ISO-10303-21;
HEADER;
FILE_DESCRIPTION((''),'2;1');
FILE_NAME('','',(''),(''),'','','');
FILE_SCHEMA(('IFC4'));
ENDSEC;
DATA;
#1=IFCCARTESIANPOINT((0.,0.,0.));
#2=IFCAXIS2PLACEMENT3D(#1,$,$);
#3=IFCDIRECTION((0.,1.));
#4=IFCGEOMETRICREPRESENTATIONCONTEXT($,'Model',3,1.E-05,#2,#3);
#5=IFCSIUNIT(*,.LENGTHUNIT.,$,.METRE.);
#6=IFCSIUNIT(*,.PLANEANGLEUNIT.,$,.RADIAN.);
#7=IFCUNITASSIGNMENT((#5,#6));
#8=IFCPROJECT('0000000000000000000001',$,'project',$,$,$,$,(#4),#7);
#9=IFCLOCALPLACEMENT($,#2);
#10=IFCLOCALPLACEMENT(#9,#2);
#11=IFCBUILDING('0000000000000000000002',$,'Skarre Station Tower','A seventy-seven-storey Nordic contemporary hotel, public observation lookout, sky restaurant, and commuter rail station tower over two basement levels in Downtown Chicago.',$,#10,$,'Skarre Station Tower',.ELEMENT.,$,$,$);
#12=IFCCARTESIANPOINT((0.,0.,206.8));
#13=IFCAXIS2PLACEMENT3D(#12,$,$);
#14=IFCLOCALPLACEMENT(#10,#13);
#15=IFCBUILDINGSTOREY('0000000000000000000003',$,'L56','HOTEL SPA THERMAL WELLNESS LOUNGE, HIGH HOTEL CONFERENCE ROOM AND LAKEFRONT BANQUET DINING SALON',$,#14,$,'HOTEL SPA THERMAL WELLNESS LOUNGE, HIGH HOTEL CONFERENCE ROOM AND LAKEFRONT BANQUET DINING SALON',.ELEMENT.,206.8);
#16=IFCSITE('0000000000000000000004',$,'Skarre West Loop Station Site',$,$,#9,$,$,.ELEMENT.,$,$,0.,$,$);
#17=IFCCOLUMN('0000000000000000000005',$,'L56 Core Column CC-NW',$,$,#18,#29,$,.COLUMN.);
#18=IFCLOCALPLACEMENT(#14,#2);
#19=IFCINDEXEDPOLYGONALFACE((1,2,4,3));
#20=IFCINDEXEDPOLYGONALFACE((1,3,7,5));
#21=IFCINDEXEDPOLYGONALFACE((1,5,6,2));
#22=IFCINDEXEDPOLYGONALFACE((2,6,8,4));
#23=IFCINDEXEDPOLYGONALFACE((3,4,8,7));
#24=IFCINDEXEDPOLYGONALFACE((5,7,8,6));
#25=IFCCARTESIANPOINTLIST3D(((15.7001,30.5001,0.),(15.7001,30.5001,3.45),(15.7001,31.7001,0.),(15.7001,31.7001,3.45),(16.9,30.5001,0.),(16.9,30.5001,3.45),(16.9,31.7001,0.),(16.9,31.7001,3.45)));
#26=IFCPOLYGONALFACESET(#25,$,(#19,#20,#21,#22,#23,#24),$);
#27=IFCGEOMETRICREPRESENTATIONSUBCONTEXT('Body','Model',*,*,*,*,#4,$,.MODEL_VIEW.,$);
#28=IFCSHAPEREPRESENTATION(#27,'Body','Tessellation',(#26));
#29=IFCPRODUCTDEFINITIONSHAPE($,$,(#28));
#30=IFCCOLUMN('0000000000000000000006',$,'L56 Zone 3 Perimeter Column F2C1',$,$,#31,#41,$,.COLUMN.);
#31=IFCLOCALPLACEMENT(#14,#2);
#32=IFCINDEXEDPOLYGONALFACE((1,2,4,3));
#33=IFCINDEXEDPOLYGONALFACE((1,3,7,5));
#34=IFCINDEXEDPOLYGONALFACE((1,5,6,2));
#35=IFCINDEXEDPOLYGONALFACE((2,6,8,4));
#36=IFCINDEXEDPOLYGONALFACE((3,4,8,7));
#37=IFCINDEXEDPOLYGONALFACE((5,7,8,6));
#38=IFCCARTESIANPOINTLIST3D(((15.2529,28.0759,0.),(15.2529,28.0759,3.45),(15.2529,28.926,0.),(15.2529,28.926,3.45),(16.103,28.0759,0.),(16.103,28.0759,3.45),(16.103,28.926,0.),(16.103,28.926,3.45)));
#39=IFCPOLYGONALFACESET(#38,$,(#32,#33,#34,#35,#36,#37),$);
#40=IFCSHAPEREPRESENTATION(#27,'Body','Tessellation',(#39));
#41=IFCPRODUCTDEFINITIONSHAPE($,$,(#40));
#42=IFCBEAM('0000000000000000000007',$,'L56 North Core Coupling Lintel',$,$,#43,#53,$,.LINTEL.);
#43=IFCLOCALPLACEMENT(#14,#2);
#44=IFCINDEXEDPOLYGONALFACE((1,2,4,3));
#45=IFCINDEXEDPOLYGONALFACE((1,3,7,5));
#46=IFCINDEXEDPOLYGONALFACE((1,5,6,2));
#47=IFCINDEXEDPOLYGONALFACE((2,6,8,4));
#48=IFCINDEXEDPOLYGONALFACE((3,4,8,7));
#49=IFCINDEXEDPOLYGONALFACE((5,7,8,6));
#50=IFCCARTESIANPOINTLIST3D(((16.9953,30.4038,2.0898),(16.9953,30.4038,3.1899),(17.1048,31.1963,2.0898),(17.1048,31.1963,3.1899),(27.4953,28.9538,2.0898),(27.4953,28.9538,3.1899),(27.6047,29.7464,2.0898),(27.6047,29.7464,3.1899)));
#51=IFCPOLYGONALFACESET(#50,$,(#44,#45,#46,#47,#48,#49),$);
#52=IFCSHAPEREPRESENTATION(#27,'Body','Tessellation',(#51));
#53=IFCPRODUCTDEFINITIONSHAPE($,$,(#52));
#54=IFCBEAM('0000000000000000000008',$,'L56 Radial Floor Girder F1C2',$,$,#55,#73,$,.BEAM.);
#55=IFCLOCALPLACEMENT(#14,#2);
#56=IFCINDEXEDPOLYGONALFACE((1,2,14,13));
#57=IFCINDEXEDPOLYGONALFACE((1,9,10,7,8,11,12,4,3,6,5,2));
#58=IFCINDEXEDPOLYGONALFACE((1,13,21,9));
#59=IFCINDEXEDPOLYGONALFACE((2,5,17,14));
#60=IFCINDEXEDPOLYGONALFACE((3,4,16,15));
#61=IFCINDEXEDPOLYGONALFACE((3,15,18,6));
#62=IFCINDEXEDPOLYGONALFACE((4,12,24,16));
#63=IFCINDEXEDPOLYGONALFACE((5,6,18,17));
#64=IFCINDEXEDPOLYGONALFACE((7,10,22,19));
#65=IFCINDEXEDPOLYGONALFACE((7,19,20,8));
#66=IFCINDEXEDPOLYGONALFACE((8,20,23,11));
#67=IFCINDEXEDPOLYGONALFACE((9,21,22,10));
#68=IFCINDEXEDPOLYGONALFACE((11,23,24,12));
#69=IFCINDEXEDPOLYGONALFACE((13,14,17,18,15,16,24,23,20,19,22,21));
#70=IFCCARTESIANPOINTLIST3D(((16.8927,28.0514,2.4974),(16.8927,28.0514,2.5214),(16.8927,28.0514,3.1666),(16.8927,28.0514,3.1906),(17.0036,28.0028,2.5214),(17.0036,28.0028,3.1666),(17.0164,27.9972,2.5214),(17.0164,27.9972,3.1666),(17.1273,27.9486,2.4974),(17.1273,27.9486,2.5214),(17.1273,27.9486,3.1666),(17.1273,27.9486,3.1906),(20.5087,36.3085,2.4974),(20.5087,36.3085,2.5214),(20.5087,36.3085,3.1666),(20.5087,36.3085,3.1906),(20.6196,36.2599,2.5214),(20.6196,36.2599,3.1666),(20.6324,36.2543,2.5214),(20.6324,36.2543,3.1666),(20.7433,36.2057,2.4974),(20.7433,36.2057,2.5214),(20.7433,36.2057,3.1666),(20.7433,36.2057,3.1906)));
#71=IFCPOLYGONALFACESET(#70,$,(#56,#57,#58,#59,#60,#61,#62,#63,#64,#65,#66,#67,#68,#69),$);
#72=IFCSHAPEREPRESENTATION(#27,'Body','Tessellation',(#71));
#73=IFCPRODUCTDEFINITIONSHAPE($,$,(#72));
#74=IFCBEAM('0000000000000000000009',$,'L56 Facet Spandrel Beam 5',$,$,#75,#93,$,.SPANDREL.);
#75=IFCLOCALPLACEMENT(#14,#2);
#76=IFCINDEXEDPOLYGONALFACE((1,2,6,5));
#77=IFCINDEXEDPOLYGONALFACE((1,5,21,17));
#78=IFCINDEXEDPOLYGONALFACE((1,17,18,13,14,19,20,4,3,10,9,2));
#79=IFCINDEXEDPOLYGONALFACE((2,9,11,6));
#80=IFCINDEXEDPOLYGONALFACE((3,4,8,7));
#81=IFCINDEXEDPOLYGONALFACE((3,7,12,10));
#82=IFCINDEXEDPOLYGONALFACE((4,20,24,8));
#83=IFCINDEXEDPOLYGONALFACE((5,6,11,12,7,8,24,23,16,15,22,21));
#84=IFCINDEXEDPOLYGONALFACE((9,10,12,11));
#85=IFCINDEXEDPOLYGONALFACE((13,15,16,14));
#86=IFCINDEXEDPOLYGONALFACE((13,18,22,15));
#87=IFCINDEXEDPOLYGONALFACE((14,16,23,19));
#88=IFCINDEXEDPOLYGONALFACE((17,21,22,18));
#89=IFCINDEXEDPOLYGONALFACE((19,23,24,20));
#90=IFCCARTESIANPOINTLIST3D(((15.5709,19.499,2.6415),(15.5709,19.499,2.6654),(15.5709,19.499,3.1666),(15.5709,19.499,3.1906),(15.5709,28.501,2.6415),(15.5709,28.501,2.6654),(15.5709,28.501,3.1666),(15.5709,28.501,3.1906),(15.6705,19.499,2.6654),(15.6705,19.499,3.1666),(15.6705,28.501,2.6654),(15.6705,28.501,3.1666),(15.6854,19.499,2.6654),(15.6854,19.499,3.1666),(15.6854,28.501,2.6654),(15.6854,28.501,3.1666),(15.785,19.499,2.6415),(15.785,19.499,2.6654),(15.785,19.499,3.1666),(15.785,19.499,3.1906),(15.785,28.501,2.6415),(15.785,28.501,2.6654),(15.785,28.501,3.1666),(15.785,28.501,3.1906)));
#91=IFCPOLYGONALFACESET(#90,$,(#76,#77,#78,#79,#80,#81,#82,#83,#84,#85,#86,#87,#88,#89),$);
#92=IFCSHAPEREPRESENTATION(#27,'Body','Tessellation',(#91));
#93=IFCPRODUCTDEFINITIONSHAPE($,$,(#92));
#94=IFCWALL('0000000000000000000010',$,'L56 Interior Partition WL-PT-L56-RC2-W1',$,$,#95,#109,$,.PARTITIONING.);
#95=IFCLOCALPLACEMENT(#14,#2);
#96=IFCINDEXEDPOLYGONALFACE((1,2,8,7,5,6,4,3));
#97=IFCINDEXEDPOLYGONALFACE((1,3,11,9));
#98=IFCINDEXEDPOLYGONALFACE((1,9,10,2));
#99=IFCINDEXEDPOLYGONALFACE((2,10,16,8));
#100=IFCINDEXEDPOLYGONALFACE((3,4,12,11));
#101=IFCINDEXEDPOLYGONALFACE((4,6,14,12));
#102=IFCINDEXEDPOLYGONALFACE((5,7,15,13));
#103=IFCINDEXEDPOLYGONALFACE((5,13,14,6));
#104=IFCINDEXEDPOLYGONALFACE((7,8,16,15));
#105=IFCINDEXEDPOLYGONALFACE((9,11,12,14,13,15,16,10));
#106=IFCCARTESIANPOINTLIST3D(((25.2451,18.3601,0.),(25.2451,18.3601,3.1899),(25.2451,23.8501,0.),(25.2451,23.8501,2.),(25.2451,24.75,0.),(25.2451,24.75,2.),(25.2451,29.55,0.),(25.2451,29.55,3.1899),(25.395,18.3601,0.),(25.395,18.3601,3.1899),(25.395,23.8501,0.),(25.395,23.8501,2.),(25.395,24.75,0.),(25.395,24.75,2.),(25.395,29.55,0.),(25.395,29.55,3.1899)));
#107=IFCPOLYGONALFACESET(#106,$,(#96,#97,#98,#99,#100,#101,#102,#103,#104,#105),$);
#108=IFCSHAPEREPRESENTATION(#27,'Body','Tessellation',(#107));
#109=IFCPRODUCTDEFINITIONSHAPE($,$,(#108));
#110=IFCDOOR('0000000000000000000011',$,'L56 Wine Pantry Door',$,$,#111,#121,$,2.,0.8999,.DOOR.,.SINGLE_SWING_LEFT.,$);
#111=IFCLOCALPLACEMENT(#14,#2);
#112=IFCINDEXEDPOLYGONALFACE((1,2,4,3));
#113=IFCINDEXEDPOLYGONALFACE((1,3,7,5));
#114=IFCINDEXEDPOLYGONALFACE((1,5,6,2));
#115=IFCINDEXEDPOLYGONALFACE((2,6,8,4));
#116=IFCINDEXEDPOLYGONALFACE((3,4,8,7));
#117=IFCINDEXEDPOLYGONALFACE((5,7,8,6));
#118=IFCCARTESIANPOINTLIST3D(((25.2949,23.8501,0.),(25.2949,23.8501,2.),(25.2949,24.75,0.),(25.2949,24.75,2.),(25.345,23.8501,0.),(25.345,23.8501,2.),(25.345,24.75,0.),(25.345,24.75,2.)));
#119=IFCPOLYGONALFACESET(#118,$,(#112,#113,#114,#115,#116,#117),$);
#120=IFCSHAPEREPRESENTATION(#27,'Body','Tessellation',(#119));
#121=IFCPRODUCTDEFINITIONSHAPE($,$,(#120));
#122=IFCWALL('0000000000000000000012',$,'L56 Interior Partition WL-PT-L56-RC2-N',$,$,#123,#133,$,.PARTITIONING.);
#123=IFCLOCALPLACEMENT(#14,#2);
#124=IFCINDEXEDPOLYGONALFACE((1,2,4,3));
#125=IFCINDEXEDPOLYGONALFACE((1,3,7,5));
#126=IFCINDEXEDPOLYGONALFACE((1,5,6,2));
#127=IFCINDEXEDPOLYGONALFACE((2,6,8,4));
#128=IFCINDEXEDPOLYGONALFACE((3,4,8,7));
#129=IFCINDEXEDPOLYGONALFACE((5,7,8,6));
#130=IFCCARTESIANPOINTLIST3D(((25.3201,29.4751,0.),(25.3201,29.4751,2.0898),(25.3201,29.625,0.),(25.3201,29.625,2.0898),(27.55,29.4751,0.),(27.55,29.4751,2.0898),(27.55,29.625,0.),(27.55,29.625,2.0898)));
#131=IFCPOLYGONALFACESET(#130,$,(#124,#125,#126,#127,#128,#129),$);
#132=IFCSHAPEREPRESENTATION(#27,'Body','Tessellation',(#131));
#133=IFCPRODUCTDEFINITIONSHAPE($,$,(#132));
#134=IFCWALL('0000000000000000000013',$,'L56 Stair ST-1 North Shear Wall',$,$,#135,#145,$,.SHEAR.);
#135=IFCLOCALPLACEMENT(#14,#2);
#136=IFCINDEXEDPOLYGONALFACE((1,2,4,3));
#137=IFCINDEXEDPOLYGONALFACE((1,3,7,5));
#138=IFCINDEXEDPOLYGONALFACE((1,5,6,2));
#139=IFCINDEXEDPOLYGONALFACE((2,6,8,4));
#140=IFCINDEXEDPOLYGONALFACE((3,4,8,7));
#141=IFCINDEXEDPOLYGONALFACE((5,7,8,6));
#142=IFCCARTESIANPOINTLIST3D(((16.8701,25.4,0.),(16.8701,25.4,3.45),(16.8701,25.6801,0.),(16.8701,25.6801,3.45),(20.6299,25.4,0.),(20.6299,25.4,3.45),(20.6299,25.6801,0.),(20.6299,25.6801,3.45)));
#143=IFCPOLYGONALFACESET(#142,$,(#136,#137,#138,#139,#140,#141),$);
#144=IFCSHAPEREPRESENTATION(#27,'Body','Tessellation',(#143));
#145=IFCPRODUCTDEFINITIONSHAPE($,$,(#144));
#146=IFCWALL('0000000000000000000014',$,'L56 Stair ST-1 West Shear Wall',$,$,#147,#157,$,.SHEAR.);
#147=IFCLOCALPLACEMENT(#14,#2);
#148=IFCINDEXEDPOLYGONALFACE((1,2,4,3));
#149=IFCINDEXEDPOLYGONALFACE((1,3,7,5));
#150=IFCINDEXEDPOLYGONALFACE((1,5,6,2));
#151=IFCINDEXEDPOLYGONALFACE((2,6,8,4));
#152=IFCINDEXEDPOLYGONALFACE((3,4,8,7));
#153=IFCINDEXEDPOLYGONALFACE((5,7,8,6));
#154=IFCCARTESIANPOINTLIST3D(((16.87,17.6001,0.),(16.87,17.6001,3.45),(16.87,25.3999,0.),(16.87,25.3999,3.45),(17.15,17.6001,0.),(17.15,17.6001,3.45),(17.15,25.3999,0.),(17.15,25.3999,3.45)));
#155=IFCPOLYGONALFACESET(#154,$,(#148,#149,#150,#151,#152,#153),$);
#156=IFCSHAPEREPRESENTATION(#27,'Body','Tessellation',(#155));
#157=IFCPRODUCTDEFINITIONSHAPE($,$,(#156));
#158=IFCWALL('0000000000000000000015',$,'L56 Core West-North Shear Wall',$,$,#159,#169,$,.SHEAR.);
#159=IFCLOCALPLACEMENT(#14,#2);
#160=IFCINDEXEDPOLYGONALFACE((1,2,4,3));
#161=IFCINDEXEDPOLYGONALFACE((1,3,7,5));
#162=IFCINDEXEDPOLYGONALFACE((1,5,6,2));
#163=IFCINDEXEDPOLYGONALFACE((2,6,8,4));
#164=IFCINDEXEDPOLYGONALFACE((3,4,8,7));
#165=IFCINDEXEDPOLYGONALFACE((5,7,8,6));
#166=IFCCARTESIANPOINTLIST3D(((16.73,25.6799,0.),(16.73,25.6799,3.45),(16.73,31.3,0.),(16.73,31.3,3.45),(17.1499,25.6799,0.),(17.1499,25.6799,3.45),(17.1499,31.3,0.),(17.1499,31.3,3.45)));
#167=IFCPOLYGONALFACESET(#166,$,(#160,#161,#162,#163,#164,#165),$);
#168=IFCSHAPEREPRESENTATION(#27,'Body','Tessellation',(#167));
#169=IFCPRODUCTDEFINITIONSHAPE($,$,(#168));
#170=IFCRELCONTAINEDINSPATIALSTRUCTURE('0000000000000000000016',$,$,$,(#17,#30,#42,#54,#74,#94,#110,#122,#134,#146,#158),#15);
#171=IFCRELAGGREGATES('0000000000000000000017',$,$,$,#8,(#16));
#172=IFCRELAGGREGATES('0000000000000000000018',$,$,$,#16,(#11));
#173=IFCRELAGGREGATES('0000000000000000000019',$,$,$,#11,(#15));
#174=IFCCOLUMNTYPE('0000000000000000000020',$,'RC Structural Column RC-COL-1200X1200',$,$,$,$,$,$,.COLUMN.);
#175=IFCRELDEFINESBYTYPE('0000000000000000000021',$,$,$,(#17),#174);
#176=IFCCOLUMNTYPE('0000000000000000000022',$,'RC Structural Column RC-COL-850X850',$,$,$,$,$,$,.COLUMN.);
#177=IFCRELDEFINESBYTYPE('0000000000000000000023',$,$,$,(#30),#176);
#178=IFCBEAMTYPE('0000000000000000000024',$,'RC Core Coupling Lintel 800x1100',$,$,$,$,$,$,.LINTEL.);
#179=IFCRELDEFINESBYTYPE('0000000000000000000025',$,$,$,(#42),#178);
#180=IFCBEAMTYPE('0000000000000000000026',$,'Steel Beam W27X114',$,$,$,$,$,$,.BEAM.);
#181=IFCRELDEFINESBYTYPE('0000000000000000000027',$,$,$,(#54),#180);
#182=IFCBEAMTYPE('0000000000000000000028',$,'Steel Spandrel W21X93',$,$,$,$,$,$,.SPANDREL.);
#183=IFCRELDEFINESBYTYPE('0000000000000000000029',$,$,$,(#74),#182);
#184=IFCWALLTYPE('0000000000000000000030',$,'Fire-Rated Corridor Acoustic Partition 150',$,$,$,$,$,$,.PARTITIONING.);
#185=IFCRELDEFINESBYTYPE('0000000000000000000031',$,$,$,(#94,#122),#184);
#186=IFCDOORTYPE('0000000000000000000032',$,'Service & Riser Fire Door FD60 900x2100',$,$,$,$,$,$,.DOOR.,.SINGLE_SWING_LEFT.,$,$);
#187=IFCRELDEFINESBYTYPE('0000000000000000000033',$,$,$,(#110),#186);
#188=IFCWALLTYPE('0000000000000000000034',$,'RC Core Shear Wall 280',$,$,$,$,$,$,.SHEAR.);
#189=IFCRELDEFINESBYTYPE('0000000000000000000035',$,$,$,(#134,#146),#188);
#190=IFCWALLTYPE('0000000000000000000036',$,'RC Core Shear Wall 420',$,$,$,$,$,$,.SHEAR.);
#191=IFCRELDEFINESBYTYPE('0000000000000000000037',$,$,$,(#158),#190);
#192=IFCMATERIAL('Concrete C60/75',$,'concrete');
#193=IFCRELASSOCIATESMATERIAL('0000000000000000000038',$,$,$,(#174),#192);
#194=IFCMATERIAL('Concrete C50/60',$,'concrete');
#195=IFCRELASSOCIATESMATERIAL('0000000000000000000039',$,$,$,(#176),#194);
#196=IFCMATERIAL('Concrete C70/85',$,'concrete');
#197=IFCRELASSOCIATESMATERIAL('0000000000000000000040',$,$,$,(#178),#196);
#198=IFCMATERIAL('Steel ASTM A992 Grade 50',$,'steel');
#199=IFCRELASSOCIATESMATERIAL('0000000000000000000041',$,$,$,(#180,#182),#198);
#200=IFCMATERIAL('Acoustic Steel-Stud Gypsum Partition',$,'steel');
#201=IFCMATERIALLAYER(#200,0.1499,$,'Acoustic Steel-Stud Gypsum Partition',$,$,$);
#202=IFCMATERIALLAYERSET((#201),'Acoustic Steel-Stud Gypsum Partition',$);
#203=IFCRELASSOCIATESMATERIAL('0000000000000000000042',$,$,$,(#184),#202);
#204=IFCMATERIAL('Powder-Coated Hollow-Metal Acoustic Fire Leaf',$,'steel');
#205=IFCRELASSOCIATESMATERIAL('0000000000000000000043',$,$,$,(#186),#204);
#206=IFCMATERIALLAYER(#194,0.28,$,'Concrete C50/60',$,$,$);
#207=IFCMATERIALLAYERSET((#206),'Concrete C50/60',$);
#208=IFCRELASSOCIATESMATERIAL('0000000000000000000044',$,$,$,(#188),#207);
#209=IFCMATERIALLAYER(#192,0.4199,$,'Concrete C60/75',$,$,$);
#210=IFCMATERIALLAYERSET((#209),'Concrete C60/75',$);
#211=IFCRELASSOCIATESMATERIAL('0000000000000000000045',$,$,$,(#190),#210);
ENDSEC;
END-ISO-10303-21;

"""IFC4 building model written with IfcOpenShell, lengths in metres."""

from ifc_helpers import new_model, si_unit, direction, frame, frame_2d, origin, origin_2d, place, context, subcontext, project, spatial, rectangle, i_section, extrude, material, layer, layer_set, material_profile, profile_set, type_object, element, fill, save


model = new_model("IFC4")

# Units and contexts
model_context = context("Model", 3, precision=1e-05, world=origin(), true_north=direction((0.0, 1.0)))
body_context = subcontext(model_context, "Body", "Model", "MODEL_VIEW")
ifc_project = project(units=[si_unit("LENGTHUNIT", "METRE"), si_unit("PLANEANGLEUNIT", "RADIAN")], contexts=[model_context])

# Site, building, storey
site_placement = place(None, origin())
site = spatial("IfcSite", under=ifc_project, at=site_placement, Name="Skarre West Loop Station Site", CompositionType="ELEMENT", RefElevation=0.0)
building_placement = place(site_placement, origin())
building = spatial("IfcBuilding", under=site, at=building_placement, Name="Skarre Station Tower", Description="A seventy-seven-storey Nordic contemporary hotel, public observation lookout, sky restaurant, and commuter rail station tower over two basement levels in Downtown Chicago.", LongName="Skarre Station Tower", CompositionType="ELEMENT")
storey_placement = place(building_placement, frame((0.0, 0.0, 206.8)))
storey = spatial("IfcBuildingStorey", under=building, at=storey_placement, Name="L56", Description="HOTEL SPA THERMAL WELLNESS LOUNGE, HIGH HOTEL CONFERENCE ROOM AND LAKEFRONT BANQUET DINING SALON", LongName="HOTEL SPA THERMAL WELLNESS LOUNGE, HIGH HOTEL CONFERENCE ROOM AND LAKEFRONT BANQUET DINING SALON", CompositionType="ELEMENT", Elevation=206.8)

# Columns
ifc_material_1 = material(Name="Concrete C60/75", Category="concrete")
ifc_material_profile_1 = material_profile(ifc_material_1, rectangle(XDim=1.2, YDim=1.2, at=origin_2d()), Name="Concrete C60/75")
ifc_profile_set_1 = profile_set([ifc_material_profile_1], Name="Concrete C60/75")
column_type_1 = type_object("IfcColumnType", Name="RC Structural Column RC-COL-1200X1200", PredefinedType="COLUMN", material=ifc_profile_set_1)
column_1_placement = place(storey_placement, frame((16.3, 31.1001, 0.0), z_axis=(0.0, 0.0, 1.0), x_axis=(1.0, 0.0, 0.0)))
element("IfcColumn", 1, at=column_1_placement, inside=storey, type_object=column_type_1, Name="L56 Core Column CC-NW", PredefinedType="COLUMN", context=body_context, shape_type="SweptSolid", body=[
    extrude(rectangle(XDim=1.2, YDim=1.2, at=origin_2d()), origin(), (0.0, 0.0, 1.0), 3.45),
])
ifc_material_2 = material(Name="Concrete C50/60", Category="concrete")
ifc_material_profile_2 = material_profile(ifc_material_2, rectangle(XDim=0.8501, YDim=0.8501, at=origin_2d()), Name="Concrete C50/60")
ifc_profile_set_2 = profile_set([ifc_material_profile_2], Name="Concrete C50/60")
column_type_2 = type_object("IfcColumnType", Name="RC Structural Column RC-COL-850X850", PredefinedType="COLUMN", material=ifc_profile_set_2)
column_2_placement = place(storey_placement, frame((15.678, 28.501, 0.0), z_axis=(0.0, 0.0, 1.0), x_axis=(1.0, 0.0, 0.0)))
element("IfcColumn", 2, at=column_2_placement, inside=storey, type_object=column_type_2, Name="L56 Zone 3 Perimeter Column F2C1", PredefinedType="COLUMN", context=body_context, shape_type="SweptSolid", body=[
    extrude(rectangle(XDim=0.8501, YDim=0.8501, at=origin_2d()), origin(), (0.0, 0.0, 1.0), 3.45),
])

# Beams
ifc_material_3 = material(Name="Concrete C70/85", Category="concrete")
ifc_material_profile_3 = material_profile(ifc_material_3, rectangle(XDim=0.8, YDim=1.1001, at=origin_2d()), Name="Concrete C70/85")
ifc_profile_set_3 = profile_set([ifc_material_profile_3], Name="Concrete C70/85")
beam_type_1 = type_object("IfcBeamType", Name="RC Core Coupling Lintel 800x1100", PredefinedType="LINTEL", material=ifc_profile_set_3)
beam_1_placement = place(storey_placement, frame((17.05, 30.8, 2.6399), z_axis=(0.9906, -0.136792, 0.0), x_axis=(0.136792, 0.9906, 0.0)))
element("IfcBeam", 3, at=beam_1_placement, inside=storey, type_object=beam_type_1, Name="L56 North Core Coupling Lintel", PredefinedType="LINTEL", context=body_context, shape_type="SweptSolid", body=[
    extrude(rectangle(XDim=0.8, YDim=1.1001, at=origin_2d()), origin(), (0.0, 0.0, 1.0), 10.5996),
])
ifc_material_4 = material(Name="Steel ASTM A992 Grade 50", Category="steel")
ifc_material_profile_4 = material_profile(ifc_material_4, i_section(OverallWidth=0.2561, OverallDepth=0.6931, WebThickness=0.0139, FlangeThickness=0.0239, at=origin_2d()), Name="Steel ASTM A992 Grade 50")
ifc_profile_set_4 = profile_set([ifc_material_profile_4], Name="Steel ASTM A992 Grade 50")
beam_type_2 = type_object("IfcBeamType", Name="Steel Beam W27X114", PredefinedType="BEAM", material=ifc_profile_set_4)
beam_2_placement = place(storey_placement, frame((17.01, 28.0, 2.844), z_axis=(0.401144, 0.916015, 0.0), x_axis=(-0.916015, 0.401144, 0.0)))
element("IfcBeam", 4, at=beam_2_placement, inside=storey, type_object=beam_type_2, Name="L56 Radial Floor Girder F1C2", PredefinedType="BEAM", context=body_context, shape_type="SweptSolid", body=[
    extrude(i_section(OverallWidth=0.2561, OverallDepth=0.6931, WebThickness=0.0139, FlangeThickness=0.0239, at=origin_2d()), origin(), (0.0, 0.0, 1.0), 9.0142),
])
ifc_material_profile_5 = material_profile(ifc_material_4, i_section(OverallWidth=0.2141, OverallDepth=0.5491, WebThickness=0.0149, FlangeThickness=0.0239, at=origin_2d()), Name="Steel ASTM A992 Grade 50")
ifc_profile_set_5 = profile_set([ifc_material_profile_5], Name="Steel ASTM A992 Grade 50")
beam_type_3 = type_object("IfcBeamType", Name="Steel Spandrel W21X93", PredefinedType="SPANDREL", material=ifc_profile_set_5)
beam_3_placement = place(storey_placement, frame((15.678, 28.501, 2.916), z_axis=(0.0, -1.0, 0.0), x_axis=(1.0, 0.0, 0.0)))
element("IfcBeam", 5, at=beam_3_placement, inside=storey, type_object=beam_type_3, Name="L56 Facet Spandrel Beam 5", PredefinedType="SPANDREL", context=body_context, shape_type="SweptSolid", body=[
    extrude(i_section(OverallWidth=0.2141, OverallDepth=0.5491, WebThickness=0.0149, FlangeThickness=0.0239, at=origin_2d()), origin(), (0.0, 0.0, 1.0), 9.002),
])

# Wall, opening, door
ifc_material_5 = material(Name="Acoustic Steel-Stud Gypsum Partition", Category="steel")
ifc_layer_1 = layer(ifc_material_5, 0.1499, Name="Acoustic Steel-Stud Gypsum Partition")
ifc_layer_set_1 = layer_set([ifc_layer_1], Name="Acoustic Steel-Stud Gypsum Partition")
wall_type_1 = type_object("IfcWallType", Name="Fire-Rated Corridor Acoustic Partition 150", PredefinedType="PARTITIONING", material=ifc_layer_set_1)
wall_1_placement = place(storey_placement, frame((25.3201, 29.55, 0.0), z_axis=(0.0, 0.0, 1.0), x_axis=(0.0, -1.0, 0.0)))
wall_1 = element("IfcWall", 6, at=wall_1_placement, inside=storey, type_object=wall_type_1, Name="L56 Interior Partition WL-PT-L56-RC2-W1", PredefinedType="PARTITIONING", context=body_context, shape_type="SweptSolid", body=[
    extrude(rectangle(XDim=11.1899, YDim=0.1499, at=frame_2d((5.595, 0.0))), origin(), (0.0, 0.0, 1.0), 3.1899),
])
opening_1_placement = place(wall_1_placement, frame((4.8, 0.0, 0.0)))
opening_1 = element("IfcOpeningElement", 7, at=opening_1_placement, cuts=wall_1, PredefinedType="OPENING", context=body_context, shape_type="SweptSolid", body=[
    extrude(rectangle(XDim=0.8999, YDim=2.0, at=frame_2d((0.45, 1.0))), frame((0.0, 0.085, 0.0), z_axis=(0.0, -1.0, 0.0), x_axis=(1.0, 0.0, 0.0)), (0.0, 0.0, 1.0), 0.1699),
])
ifc_material_6 = material(Name="Powder-Coated Hollow-Metal Acoustic Fire Leaf", Category="steel")
door_type_1 = type_object("IfcDoorType", Name="Service & Riser Fire Door FD60 900x2100", OperationType="SINGLE_SWING_LEFT", PredefinedType="DOOR", material=ifc_material_6)
door_1_placement = place(opening_1_placement, origin())
door_1 = element("IfcDoor", 8, at=door_1_placement, inside=storey, type_object=door_type_1, Name="L56 Wine Pantry Door", OperationType="SINGLE_SWING_LEFT", OverallHeight=2.0, OverallWidth=0.8999, PredefinedType="DOOR", context=body_context, shape_type="SweptSolid", body=[
    extrude(rectangle(XDim=0.8999, YDim=2.0, at=frame_2d((0.45, 1.0))), frame((0.0, 0.0249, 0.0), z_axis=(0.0, -1.0, 0.0), x_axis=(1.0, 0.0, 0.0)), (0.0, 0.0, 1.0), 0.05),
])
fill(opening_1, door_1)

# Walls
wall_2_placement = place(storey_placement, frame((27.55, 29.55, 0.0), z_axis=(0.0, 0.0, 1.0), x_axis=(-1.0, 0.0, 0.0)))
element("IfcWall", 9, at=wall_2_placement, inside=storey, type_object=wall_type_1, Name="L56 Interior Partition WL-PT-L56-RC2-N", PredefinedType="PARTITIONING", context=body_context, shape_type="SweptSolid", body=[
    extrude(rectangle(XDim=2.23, YDim=0.1499, at=frame_2d((1.115, 0.0))), origin(), (0.0, 0.0, 1.0), 2.0898),
])
ifc_layer_2 = layer(ifc_material_2, 0.28, Name="Concrete C50/60")
ifc_layer_set_2 = layer_set([ifc_layer_2], Name="Concrete C50/60")
wall_type_2 = type_object("IfcWallType", Name="RC Core Shear Wall 280", PredefinedType="SHEAR", material=ifc_layer_set_2)
wall_3_placement = place(storey_placement, frame((20.6299, 25.54, 0.0), z_axis=(0.0, 0.0, 1.0), x_axis=(-1.0, 0.0, 0.0)))
element("IfcWall", 10, at=wall_3_placement, inside=storey, type_object=wall_type_2, Name="L56 Stair ST-1 North Shear Wall", PredefinedType="SHEAR", context=body_context, shape_type="SweptSolid", body=[
    extrude(rectangle(XDim=3.7598, YDim=0.28, at=frame_2d((1.8799, 0.0))), origin(), (0.0, 0.0, 1.0), 3.45),
])
wall_4_placement = place(storey_placement, frame((17.01, 25.3999, 0.0), z_axis=(0.0, 0.0, 1.0), x_axis=(0.0, -1.0, 0.0)))
element("IfcWall", 11, at=wall_4_placement, inside=storey, type_object=wall_type_2, Name="L56 Stair ST-1 West Shear Wall", PredefinedType="SHEAR", context=body_context, shape_type="SweptSolid", body=[
    extrude(rectangle(XDim=7.7998, YDim=0.28, at=frame_2d((3.8999, 0.0))), origin(), (0.0, 0.0, 1.0), 3.45),
])
ifc_layer_3 = layer(ifc_material_1, 0.4199, Name="Concrete C60/75")
ifc_layer_set_3 = layer_set([ifc_layer_3], Name="Concrete C60/75")
wall_type_3 = type_object("IfcWallType", Name="RC Core Shear Wall 420", PredefinedType="SHEAR", material=ifc_layer_set_3)
wall_5_placement = place(storey_placement, frame((16.9399, 25.6799, 0.0), z_axis=(0.0, 0.0, 1.0), x_axis=(0.0, 1.0, 0.0)))
element("IfcWall", 12, at=wall_5_placement, inside=storey, type_object=wall_type_3, Name="L56 Core West-North Shear Wall", PredefinedType="SHEAR", context=body_context, shape_type="SweptSolid", body=[
    extrude(rectangle(XDim=5.6201, YDim=0.4199, at=frame_2d((2.8101, 0.0))), origin(), (0.0, 0.0, 1.0), 3.45),
])

save(model, "model.ifc")
